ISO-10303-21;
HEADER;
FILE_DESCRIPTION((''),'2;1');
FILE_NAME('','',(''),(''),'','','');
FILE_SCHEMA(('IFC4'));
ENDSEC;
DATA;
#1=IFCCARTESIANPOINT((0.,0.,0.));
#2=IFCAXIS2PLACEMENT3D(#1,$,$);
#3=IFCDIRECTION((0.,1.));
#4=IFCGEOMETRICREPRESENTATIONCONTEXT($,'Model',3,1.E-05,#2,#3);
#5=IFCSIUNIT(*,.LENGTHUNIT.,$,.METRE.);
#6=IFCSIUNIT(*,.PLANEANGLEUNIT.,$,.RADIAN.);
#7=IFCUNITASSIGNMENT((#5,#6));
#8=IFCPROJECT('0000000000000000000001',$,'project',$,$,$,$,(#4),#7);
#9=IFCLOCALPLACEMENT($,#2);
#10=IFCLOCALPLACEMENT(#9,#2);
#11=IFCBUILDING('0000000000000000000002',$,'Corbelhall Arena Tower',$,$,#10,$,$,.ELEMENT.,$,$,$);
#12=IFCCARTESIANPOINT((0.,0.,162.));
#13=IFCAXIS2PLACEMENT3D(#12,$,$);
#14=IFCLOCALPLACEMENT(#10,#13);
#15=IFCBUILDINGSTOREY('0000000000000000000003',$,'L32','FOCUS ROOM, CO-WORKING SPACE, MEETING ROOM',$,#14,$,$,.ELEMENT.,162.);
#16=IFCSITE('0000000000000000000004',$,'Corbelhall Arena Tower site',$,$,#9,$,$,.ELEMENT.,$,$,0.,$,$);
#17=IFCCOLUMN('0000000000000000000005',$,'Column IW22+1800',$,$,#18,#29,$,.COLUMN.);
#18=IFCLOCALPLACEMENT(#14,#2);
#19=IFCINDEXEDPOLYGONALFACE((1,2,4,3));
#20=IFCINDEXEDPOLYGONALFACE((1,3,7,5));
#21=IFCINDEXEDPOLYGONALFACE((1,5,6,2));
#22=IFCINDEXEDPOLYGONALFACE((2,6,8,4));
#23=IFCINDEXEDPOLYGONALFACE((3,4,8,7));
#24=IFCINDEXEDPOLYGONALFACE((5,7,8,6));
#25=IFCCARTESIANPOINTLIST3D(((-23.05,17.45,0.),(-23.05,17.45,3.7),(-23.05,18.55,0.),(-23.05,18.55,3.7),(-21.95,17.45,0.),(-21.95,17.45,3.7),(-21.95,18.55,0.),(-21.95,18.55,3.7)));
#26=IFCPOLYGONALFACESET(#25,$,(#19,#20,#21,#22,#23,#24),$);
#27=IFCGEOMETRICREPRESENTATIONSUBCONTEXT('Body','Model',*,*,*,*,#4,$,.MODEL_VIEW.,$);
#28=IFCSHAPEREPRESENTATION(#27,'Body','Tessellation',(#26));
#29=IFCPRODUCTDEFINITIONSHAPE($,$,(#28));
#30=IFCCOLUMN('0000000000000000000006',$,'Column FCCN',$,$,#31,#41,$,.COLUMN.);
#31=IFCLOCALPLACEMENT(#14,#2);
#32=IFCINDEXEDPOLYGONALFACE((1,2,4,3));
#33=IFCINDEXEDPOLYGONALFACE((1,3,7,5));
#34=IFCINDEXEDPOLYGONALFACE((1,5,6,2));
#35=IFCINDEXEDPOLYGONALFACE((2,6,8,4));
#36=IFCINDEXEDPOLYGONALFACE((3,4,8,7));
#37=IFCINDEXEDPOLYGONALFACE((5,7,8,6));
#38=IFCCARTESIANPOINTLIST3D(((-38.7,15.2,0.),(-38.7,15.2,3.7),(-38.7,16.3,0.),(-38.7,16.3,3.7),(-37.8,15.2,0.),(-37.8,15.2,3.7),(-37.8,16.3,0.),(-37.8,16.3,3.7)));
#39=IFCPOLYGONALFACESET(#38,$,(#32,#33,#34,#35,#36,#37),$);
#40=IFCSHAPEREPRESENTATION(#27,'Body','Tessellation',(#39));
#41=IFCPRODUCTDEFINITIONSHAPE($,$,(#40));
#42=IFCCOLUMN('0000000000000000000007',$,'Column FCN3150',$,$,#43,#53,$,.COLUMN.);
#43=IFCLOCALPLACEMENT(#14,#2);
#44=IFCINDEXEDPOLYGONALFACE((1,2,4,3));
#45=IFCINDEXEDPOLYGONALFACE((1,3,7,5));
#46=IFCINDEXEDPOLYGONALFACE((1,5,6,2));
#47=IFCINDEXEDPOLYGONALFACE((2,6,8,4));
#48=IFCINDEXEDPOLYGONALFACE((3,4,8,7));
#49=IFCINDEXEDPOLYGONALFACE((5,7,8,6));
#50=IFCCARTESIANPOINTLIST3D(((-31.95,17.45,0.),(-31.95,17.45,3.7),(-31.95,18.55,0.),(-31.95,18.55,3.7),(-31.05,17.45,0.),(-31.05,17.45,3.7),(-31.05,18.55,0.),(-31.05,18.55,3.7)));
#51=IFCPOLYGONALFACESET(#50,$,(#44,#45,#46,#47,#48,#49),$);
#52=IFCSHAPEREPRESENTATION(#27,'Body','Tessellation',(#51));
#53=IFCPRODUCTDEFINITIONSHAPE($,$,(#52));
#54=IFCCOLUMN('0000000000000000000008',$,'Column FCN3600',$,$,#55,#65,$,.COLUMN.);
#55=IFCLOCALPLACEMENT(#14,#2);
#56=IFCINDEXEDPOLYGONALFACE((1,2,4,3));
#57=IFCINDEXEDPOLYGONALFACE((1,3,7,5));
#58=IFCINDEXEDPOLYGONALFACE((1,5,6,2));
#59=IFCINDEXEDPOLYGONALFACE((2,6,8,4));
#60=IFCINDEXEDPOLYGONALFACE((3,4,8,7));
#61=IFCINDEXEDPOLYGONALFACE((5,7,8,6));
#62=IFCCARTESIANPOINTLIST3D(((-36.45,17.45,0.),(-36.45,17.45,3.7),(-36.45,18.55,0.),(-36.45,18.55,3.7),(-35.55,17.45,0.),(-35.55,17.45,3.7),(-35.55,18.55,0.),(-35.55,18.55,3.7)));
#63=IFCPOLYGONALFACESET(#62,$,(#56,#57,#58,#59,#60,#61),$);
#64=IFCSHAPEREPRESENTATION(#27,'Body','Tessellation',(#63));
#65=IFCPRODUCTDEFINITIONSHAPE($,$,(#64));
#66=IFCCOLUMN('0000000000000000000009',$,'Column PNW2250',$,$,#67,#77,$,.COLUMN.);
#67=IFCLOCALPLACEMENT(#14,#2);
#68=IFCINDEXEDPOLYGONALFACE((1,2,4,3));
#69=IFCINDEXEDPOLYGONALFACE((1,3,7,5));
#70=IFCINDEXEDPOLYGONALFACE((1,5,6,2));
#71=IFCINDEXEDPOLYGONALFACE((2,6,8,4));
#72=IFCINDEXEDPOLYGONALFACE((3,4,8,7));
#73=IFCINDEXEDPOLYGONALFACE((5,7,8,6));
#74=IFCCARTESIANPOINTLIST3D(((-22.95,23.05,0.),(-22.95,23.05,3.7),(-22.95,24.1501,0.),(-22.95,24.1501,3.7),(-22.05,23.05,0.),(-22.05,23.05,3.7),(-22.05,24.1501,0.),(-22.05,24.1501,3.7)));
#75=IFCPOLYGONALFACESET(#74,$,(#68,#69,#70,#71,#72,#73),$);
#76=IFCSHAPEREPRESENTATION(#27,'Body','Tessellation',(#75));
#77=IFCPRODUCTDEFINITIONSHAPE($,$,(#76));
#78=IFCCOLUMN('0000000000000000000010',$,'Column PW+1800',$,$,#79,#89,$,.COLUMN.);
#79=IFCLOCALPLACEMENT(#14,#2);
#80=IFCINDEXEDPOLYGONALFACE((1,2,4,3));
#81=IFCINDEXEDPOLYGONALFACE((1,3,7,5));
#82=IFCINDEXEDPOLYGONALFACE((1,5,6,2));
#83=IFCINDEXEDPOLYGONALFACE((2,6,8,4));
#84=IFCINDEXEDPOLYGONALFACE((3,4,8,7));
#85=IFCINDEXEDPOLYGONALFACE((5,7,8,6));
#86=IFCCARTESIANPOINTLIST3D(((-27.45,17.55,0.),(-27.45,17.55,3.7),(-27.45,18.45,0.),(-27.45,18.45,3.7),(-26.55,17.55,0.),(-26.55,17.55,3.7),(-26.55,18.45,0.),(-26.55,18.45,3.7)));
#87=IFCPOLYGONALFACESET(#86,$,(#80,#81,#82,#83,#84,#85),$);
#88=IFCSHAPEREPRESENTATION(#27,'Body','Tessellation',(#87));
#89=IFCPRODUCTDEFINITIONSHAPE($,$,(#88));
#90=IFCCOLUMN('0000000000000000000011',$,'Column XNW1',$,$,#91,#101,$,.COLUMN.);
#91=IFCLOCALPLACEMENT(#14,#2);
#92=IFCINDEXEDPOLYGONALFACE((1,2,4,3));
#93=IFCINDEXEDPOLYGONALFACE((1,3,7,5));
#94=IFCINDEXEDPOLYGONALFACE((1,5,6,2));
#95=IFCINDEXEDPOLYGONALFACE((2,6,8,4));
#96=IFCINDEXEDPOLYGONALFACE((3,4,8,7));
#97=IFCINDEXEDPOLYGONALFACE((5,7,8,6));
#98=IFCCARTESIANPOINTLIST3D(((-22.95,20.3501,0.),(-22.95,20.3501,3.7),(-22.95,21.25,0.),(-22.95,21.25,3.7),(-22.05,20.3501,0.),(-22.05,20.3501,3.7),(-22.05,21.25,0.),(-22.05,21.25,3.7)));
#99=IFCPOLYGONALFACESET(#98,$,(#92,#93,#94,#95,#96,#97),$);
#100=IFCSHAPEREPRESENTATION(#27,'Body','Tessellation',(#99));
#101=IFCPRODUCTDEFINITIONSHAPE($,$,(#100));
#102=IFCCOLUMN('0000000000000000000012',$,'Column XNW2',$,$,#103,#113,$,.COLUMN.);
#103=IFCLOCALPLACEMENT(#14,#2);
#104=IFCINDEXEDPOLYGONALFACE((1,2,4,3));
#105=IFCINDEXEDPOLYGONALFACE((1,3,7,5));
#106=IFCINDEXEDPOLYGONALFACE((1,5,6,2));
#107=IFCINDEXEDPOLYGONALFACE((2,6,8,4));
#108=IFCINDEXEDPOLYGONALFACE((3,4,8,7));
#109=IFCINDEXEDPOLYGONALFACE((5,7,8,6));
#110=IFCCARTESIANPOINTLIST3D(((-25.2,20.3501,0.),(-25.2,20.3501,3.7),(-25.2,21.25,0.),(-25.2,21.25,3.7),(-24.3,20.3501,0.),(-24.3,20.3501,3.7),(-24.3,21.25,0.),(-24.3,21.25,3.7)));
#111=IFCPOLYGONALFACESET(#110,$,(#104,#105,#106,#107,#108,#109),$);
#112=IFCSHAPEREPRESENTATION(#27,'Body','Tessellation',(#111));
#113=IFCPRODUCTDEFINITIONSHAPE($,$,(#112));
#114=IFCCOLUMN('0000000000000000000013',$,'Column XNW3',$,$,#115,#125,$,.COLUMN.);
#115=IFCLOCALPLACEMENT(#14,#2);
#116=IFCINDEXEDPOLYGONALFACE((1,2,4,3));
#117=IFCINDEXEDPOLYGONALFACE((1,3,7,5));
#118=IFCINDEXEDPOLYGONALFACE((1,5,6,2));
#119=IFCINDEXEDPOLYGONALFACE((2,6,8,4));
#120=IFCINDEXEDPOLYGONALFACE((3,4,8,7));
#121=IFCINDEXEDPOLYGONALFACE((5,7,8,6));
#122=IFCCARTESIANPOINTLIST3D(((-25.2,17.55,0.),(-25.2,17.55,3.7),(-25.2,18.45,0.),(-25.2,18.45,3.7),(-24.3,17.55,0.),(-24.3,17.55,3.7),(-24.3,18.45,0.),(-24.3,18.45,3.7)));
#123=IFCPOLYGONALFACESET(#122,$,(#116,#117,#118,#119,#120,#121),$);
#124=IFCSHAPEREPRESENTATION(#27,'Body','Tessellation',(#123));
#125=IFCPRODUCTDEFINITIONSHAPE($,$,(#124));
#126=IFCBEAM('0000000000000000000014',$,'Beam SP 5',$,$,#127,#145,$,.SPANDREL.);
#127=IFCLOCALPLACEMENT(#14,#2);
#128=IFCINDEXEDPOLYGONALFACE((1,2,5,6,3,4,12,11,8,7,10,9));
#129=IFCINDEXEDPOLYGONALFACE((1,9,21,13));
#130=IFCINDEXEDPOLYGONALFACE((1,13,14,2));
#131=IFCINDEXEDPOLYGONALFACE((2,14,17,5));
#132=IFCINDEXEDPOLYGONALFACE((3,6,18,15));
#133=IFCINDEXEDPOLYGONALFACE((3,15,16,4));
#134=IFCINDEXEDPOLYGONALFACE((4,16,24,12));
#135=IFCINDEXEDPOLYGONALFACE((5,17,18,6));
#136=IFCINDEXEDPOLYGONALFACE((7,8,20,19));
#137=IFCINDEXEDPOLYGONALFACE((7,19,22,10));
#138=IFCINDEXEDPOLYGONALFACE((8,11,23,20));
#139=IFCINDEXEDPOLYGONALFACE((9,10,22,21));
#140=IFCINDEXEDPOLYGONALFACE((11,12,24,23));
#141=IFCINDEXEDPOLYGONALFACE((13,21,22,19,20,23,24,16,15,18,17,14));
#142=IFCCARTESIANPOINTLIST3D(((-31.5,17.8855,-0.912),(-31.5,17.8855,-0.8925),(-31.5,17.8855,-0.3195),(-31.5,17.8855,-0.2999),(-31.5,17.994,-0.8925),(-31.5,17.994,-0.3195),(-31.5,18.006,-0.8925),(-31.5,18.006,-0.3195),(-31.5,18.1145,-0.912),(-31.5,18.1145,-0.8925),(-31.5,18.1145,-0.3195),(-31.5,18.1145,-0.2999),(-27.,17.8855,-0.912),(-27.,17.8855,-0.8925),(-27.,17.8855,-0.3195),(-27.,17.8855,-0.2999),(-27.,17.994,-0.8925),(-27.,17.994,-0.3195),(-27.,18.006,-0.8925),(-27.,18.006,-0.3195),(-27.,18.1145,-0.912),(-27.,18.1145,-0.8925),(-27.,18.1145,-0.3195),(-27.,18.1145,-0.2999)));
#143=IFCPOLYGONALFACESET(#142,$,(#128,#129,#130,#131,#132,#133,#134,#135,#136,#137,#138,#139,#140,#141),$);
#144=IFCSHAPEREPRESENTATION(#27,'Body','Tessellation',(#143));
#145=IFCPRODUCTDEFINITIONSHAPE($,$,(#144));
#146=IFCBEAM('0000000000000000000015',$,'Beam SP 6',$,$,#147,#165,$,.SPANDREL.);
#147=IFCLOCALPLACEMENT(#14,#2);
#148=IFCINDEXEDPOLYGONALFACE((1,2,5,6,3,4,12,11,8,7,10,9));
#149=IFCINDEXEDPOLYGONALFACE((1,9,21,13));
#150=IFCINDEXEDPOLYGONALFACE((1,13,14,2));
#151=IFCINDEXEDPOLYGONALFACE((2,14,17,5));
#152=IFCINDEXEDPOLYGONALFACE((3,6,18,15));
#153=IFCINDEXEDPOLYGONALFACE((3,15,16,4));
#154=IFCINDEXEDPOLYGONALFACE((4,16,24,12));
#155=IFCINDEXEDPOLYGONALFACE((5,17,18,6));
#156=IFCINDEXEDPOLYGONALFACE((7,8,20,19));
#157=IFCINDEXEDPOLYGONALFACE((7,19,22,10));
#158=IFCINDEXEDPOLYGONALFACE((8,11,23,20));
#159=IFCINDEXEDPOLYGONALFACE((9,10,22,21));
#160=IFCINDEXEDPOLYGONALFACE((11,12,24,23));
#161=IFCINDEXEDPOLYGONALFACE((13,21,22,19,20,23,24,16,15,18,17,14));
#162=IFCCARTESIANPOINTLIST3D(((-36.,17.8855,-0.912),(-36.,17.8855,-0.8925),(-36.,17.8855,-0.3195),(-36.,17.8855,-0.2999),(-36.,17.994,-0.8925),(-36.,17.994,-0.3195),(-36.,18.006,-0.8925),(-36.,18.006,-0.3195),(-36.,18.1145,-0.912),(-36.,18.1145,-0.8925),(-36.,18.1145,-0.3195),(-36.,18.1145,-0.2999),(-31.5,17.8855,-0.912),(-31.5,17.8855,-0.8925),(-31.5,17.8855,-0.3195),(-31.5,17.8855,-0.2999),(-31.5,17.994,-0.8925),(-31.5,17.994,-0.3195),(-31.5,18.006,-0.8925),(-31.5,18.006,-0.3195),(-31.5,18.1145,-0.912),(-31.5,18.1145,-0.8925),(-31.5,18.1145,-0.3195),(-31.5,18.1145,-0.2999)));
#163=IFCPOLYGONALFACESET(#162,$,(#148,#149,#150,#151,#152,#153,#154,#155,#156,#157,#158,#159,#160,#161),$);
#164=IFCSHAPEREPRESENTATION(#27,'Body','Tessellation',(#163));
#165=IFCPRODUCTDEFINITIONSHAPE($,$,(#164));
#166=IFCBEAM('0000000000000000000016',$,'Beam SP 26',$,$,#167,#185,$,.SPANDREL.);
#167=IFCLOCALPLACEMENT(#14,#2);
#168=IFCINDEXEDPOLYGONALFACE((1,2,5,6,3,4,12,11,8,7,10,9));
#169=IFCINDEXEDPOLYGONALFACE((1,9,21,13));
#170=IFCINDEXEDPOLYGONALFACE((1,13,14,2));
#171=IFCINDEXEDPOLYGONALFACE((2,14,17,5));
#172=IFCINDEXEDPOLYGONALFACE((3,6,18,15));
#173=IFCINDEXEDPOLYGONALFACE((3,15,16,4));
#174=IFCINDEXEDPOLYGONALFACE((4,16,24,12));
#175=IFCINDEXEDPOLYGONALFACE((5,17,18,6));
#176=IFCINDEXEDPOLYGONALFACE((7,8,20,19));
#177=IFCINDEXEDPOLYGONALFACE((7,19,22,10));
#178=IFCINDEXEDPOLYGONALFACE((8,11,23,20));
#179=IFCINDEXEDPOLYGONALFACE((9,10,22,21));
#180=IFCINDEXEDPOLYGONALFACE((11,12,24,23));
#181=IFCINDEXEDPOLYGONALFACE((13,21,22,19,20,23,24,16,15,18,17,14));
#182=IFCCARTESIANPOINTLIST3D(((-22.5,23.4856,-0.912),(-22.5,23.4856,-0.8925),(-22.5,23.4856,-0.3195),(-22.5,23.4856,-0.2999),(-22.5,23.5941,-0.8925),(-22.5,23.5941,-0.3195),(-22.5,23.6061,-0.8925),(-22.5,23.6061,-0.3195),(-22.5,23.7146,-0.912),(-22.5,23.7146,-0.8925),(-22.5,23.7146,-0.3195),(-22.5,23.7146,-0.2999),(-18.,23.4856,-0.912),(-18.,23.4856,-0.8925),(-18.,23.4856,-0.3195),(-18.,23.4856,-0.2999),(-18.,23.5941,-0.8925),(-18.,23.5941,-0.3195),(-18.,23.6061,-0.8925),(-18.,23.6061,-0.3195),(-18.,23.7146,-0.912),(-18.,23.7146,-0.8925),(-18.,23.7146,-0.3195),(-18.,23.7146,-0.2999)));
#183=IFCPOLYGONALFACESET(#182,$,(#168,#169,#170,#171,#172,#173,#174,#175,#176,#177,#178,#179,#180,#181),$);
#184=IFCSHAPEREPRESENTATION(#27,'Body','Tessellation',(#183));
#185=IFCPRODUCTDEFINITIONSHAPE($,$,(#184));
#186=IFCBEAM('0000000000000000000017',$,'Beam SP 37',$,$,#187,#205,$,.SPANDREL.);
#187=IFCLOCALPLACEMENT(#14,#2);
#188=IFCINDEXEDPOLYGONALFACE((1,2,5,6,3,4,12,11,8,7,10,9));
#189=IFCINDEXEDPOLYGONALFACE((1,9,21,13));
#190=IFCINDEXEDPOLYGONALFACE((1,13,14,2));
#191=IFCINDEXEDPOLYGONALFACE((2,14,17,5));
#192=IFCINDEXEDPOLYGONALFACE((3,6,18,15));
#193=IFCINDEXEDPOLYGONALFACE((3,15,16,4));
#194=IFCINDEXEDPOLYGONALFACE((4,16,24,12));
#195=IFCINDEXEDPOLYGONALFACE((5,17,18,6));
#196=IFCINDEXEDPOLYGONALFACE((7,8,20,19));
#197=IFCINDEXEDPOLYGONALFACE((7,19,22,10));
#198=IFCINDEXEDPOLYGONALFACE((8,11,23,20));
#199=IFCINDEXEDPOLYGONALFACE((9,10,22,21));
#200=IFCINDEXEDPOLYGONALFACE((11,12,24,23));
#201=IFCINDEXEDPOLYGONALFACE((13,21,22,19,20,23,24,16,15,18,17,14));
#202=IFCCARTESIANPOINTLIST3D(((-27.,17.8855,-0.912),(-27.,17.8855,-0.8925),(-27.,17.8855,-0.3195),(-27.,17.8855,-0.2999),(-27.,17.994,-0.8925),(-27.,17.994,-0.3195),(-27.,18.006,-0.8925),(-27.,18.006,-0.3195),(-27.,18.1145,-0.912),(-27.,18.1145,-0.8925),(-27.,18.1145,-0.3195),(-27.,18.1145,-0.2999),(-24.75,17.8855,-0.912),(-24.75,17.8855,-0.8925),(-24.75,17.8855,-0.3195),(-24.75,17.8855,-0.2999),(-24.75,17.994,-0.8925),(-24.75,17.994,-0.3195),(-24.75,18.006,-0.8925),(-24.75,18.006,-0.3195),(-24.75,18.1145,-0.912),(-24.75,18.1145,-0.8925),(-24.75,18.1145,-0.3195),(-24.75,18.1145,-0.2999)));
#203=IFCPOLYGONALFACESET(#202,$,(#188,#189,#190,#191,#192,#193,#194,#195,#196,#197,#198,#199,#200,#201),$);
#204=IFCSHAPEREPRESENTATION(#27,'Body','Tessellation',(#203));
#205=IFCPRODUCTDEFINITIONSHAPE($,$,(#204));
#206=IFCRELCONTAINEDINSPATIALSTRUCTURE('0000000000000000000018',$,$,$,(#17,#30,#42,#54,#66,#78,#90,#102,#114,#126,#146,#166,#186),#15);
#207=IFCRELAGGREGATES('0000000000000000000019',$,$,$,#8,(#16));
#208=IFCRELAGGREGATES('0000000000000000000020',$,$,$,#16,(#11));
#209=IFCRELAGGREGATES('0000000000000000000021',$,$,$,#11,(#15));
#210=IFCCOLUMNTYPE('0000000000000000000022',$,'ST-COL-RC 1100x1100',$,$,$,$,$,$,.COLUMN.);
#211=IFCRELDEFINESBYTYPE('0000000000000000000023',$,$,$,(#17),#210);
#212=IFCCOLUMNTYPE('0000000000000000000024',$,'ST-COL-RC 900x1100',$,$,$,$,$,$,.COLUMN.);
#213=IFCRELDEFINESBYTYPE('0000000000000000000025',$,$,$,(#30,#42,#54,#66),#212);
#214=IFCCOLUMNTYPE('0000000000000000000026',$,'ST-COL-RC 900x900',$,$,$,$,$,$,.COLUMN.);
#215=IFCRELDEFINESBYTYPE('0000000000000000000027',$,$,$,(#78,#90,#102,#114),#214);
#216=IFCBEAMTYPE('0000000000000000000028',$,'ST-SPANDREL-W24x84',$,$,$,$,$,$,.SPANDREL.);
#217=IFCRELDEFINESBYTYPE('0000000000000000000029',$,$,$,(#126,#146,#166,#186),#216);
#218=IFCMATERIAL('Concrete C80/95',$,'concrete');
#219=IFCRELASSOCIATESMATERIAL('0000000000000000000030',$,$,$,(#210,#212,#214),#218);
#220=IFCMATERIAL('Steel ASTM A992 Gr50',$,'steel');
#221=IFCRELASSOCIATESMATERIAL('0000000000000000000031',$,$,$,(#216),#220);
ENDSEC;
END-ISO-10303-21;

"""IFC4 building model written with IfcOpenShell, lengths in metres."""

from ifc_helpers import new_model, si_unit, direction, frame, origin, origin_2d, place, context, subcontext, project, spatial, rectangle, i_section, extrude, material, material_profile, profile_set, type_object, element, save


model = new_model("IFC4")

# Units and contexts
model_context = context("Model", 3, precision=1e-05, world=origin(), true_north=direction((0.0, 1.0)))
body_context = subcontext(model_context, "Body", "Model", "MODEL_VIEW")
ifc_project = project(units=[si_unit("LENGTHUNIT", "METRE"), si_unit("PLANEANGLEUNIT", "RADIAN")], contexts=[model_context])

# Site, building, storey
site_placement = place(None, origin())
site = spatial("IfcSite", under=ifc_project, at=site_placement, Name="Corbelhall Arena Tower site", CompositionType="ELEMENT", RefElevation=0.0)
building_placement = place(site_placement, origin())
building = spatial("IfcBuilding", under=site, at=building_placement, Name="Corbelhall Arena Tower", CompositionType="ELEMENT")
storey_placement = place(building_placement, frame((0.0, 0.0, 162.0)))
storey = spatial("IfcBuildingStorey", under=building, at=storey_placement, Name="L32", Description="FOCUS ROOM, CO-WORKING SPACE, MEETING ROOM", CompositionType="ELEMENT", Elevation=162.0)

# Columns
ifc_material_1 = material(Name="Concrete C80/95", Category="concrete")
ifc_material_profile_1 = material_profile(ifc_material_1, rectangle(XDim=1.1001, YDim=1.1001, at=origin_2d()))
ifc_profile_set_1 = profile_set([ifc_material_profile_1], Name="Concrete C80/95")
column_type_1 = type_object("IfcColumnType", Name="ST-COL-RC 1100x1100", PredefinedType="COLUMN", material=ifc_profile_set_1)
column_placement = place(storey_placement, frame((-22.5, 18.0, 0.0), z_axis=(0.0, 0.0, 1.0), x_axis=(1.0, 0.0, 0.0)))
element("IfcColumn", 1, at=column_placement, inside=storey, type_object=column_type_1, Name="Column IW22+1800", PredefinedType="COLUMN", context=body_context, shape_type="SweptSolid", body=[
    extrude(rectangle(XDim=1.1001, YDim=1.1001, at=origin_2d()), origin(), (0.0, 0.0, 1.0), 3.7),
])
ifc_material_profile_2 = material_profile(ifc_material_1, rectangle(XDim=0.8999, YDim=1.1001, at=origin_2d()))
ifc_profile_set_2 = profile_set([ifc_material_profile_2], Name="Concrete C80/95")
column_type_2 = type_object("IfcColumnType", Name="ST-COL-RC 900x1100", PredefinedType="COLUMN", material=ifc_profile_set_2)
for number, where, z_axis, x_axis, name in (
    (2, (-38.25, 15.75, 0.0), (0.0, 0.0, 1.0), (1.0, 0.0, 0.0), "Column FCCN"),
    (3, (-31.5, 18.0, 0.0), (0.0, 0.0, 1.0), (1.0, 0.0, 0.0), "Column FCN3150"),
    (4, (-36.0, 18.0, 0.0), (0.0, 0.0, 1.0), (1.0, 0.0, 0.0), "Column FCN3600"),
    (5, (-22.5, 23.6001, 0.0), (0.0, 0.0, 1.0), (1.0, 0.0, 0.0), "Column PNW2250"),
):
    element("IfcColumn", number, at=place(storey_placement, frame(where, z_axis=z_axis, x_axis=x_axis)), inside=storey, type_object=column_type_2, Name=name, PredefinedType="COLUMN", context=body_context, shape_type="SweptSolid", body=[
        extrude(rectangle(XDim=0.8999, YDim=1.1001, at=origin_2d()), origin(), (0.0, 0.0, 1.0), 3.7),
    ])
ifc_material_profile_3 = material_profile(ifc_material_1, rectangle(XDim=0.8999, YDim=0.8999, at=origin_2d()))
ifc_profile_set_3 = profile_set([ifc_material_profile_3], Name="Concrete C80/95")
column_type_3 = type_object("IfcColumnType", Name="ST-COL-RC 900x900", PredefinedType="COLUMN", material=ifc_profile_set_3)
for number, where, z_axis, x_axis, name in (
    (6, (-27.0, 18.0, 0.0), (0.0, 0.0, 1.0), (1.0, 0.0, 0.0), "Column PW+1800"),
    (7, (-22.5, 20.8, 0.0), (0.0, 0.0, 1.0), (1.0, 0.0, 0.0), "Column XNW1"),
    (8, (-24.75, 20.8, 0.0), (0.0, 0.0, 1.0), (1.0, 0.0, 0.0), "Column XNW2"),
    (9, (-24.75, 18.0, 0.0), (0.0, 0.0, 1.0), (1.0, 0.0, 0.0), "Column XNW3"),
):
    element("IfcColumn", number, at=place(storey_placement, frame(where, z_axis=z_axis, x_axis=x_axis)), inside=storey, type_object=column_type_3, Name=name, PredefinedType="COLUMN", context=body_context, shape_type="SweptSolid", body=[
        extrude(rectangle(XDim=0.8999, YDim=0.8999, at=origin_2d()), origin(), (0.0, 0.0, 1.0), 3.7),
    ])

# Beams
ifc_material_2 = material(Name="Steel ASTM A992 Gr50", Category="steel")
ifc_material_profile_4 = material_profile(ifc_material_2, i_section(OverallWidth=0.229, OverallDepth=0.6121, WebThickness=0.012, FlangeThickness=0.0195, at=origin_2d()))
ifc_profile_set_4 = profile_set([ifc_material_profile_4], Name="Steel ASTM A992 Gr50")
beam_type = type_object("IfcBeamType", Name="ST-SPANDREL-W24x84", PredefinedType="SPANDREL", material=ifc_profile_set_4)
for number, where, z_axis, x_axis, name in (
    (10, (-31.5, 18.0, -0.606), (1.0, 0.0, 0.0), (0.0, 1.0, 0.0), "Beam SP 5"),
    (11, (-36.0, 18.0, -0.606), (1.0, 0.0, 0.0), (0.0, 1.0, 0.0), "Beam SP 6"),
    (12, (-22.5, 23.6001, -0.606), (1.0, 0.0, 0.0), (0.0, 1.0, 0.0), "Beam SP 26"),
):
    element("IfcBeam", number, at=place(storey_placement, frame(where, z_axis=z_axis, x_axis=x_axis)), inside=storey, type_object=beam_type, Name=name, PredefinedType="SPANDREL", context=body_context, shape_type="SweptSolid", body=[
        extrude(i_section(OverallWidth=0.229, OverallDepth=0.6121, WebThickness=0.012, FlangeThickness=0.0195, at=origin_2d()), origin(), (0.0, 0.0, 1.0), 4.5),
    ])
beam_1_placement = place(storey_placement, frame((-27.0, 18.0, -0.606), z_axis=(1.0, 0.0, 0.0), x_axis=(0.0, 1.0, 0.0)))
element("IfcBeam", 13, at=beam_1_placement, inside=storey, type_object=beam_type, Name="Beam SP 37", PredefinedType="SPANDREL", context=body_context, shape_type="SweptSolid", body=[
    extrude(i_section(OverallWidth=0.229, OverallDepth=0.6121, WebThickness=0.012, FlangeThickness=0.0195, at=origin_2d()), origin(), (0.0, 0.0, 1.0), 2.25),
])

save(model, "model.ifc")
